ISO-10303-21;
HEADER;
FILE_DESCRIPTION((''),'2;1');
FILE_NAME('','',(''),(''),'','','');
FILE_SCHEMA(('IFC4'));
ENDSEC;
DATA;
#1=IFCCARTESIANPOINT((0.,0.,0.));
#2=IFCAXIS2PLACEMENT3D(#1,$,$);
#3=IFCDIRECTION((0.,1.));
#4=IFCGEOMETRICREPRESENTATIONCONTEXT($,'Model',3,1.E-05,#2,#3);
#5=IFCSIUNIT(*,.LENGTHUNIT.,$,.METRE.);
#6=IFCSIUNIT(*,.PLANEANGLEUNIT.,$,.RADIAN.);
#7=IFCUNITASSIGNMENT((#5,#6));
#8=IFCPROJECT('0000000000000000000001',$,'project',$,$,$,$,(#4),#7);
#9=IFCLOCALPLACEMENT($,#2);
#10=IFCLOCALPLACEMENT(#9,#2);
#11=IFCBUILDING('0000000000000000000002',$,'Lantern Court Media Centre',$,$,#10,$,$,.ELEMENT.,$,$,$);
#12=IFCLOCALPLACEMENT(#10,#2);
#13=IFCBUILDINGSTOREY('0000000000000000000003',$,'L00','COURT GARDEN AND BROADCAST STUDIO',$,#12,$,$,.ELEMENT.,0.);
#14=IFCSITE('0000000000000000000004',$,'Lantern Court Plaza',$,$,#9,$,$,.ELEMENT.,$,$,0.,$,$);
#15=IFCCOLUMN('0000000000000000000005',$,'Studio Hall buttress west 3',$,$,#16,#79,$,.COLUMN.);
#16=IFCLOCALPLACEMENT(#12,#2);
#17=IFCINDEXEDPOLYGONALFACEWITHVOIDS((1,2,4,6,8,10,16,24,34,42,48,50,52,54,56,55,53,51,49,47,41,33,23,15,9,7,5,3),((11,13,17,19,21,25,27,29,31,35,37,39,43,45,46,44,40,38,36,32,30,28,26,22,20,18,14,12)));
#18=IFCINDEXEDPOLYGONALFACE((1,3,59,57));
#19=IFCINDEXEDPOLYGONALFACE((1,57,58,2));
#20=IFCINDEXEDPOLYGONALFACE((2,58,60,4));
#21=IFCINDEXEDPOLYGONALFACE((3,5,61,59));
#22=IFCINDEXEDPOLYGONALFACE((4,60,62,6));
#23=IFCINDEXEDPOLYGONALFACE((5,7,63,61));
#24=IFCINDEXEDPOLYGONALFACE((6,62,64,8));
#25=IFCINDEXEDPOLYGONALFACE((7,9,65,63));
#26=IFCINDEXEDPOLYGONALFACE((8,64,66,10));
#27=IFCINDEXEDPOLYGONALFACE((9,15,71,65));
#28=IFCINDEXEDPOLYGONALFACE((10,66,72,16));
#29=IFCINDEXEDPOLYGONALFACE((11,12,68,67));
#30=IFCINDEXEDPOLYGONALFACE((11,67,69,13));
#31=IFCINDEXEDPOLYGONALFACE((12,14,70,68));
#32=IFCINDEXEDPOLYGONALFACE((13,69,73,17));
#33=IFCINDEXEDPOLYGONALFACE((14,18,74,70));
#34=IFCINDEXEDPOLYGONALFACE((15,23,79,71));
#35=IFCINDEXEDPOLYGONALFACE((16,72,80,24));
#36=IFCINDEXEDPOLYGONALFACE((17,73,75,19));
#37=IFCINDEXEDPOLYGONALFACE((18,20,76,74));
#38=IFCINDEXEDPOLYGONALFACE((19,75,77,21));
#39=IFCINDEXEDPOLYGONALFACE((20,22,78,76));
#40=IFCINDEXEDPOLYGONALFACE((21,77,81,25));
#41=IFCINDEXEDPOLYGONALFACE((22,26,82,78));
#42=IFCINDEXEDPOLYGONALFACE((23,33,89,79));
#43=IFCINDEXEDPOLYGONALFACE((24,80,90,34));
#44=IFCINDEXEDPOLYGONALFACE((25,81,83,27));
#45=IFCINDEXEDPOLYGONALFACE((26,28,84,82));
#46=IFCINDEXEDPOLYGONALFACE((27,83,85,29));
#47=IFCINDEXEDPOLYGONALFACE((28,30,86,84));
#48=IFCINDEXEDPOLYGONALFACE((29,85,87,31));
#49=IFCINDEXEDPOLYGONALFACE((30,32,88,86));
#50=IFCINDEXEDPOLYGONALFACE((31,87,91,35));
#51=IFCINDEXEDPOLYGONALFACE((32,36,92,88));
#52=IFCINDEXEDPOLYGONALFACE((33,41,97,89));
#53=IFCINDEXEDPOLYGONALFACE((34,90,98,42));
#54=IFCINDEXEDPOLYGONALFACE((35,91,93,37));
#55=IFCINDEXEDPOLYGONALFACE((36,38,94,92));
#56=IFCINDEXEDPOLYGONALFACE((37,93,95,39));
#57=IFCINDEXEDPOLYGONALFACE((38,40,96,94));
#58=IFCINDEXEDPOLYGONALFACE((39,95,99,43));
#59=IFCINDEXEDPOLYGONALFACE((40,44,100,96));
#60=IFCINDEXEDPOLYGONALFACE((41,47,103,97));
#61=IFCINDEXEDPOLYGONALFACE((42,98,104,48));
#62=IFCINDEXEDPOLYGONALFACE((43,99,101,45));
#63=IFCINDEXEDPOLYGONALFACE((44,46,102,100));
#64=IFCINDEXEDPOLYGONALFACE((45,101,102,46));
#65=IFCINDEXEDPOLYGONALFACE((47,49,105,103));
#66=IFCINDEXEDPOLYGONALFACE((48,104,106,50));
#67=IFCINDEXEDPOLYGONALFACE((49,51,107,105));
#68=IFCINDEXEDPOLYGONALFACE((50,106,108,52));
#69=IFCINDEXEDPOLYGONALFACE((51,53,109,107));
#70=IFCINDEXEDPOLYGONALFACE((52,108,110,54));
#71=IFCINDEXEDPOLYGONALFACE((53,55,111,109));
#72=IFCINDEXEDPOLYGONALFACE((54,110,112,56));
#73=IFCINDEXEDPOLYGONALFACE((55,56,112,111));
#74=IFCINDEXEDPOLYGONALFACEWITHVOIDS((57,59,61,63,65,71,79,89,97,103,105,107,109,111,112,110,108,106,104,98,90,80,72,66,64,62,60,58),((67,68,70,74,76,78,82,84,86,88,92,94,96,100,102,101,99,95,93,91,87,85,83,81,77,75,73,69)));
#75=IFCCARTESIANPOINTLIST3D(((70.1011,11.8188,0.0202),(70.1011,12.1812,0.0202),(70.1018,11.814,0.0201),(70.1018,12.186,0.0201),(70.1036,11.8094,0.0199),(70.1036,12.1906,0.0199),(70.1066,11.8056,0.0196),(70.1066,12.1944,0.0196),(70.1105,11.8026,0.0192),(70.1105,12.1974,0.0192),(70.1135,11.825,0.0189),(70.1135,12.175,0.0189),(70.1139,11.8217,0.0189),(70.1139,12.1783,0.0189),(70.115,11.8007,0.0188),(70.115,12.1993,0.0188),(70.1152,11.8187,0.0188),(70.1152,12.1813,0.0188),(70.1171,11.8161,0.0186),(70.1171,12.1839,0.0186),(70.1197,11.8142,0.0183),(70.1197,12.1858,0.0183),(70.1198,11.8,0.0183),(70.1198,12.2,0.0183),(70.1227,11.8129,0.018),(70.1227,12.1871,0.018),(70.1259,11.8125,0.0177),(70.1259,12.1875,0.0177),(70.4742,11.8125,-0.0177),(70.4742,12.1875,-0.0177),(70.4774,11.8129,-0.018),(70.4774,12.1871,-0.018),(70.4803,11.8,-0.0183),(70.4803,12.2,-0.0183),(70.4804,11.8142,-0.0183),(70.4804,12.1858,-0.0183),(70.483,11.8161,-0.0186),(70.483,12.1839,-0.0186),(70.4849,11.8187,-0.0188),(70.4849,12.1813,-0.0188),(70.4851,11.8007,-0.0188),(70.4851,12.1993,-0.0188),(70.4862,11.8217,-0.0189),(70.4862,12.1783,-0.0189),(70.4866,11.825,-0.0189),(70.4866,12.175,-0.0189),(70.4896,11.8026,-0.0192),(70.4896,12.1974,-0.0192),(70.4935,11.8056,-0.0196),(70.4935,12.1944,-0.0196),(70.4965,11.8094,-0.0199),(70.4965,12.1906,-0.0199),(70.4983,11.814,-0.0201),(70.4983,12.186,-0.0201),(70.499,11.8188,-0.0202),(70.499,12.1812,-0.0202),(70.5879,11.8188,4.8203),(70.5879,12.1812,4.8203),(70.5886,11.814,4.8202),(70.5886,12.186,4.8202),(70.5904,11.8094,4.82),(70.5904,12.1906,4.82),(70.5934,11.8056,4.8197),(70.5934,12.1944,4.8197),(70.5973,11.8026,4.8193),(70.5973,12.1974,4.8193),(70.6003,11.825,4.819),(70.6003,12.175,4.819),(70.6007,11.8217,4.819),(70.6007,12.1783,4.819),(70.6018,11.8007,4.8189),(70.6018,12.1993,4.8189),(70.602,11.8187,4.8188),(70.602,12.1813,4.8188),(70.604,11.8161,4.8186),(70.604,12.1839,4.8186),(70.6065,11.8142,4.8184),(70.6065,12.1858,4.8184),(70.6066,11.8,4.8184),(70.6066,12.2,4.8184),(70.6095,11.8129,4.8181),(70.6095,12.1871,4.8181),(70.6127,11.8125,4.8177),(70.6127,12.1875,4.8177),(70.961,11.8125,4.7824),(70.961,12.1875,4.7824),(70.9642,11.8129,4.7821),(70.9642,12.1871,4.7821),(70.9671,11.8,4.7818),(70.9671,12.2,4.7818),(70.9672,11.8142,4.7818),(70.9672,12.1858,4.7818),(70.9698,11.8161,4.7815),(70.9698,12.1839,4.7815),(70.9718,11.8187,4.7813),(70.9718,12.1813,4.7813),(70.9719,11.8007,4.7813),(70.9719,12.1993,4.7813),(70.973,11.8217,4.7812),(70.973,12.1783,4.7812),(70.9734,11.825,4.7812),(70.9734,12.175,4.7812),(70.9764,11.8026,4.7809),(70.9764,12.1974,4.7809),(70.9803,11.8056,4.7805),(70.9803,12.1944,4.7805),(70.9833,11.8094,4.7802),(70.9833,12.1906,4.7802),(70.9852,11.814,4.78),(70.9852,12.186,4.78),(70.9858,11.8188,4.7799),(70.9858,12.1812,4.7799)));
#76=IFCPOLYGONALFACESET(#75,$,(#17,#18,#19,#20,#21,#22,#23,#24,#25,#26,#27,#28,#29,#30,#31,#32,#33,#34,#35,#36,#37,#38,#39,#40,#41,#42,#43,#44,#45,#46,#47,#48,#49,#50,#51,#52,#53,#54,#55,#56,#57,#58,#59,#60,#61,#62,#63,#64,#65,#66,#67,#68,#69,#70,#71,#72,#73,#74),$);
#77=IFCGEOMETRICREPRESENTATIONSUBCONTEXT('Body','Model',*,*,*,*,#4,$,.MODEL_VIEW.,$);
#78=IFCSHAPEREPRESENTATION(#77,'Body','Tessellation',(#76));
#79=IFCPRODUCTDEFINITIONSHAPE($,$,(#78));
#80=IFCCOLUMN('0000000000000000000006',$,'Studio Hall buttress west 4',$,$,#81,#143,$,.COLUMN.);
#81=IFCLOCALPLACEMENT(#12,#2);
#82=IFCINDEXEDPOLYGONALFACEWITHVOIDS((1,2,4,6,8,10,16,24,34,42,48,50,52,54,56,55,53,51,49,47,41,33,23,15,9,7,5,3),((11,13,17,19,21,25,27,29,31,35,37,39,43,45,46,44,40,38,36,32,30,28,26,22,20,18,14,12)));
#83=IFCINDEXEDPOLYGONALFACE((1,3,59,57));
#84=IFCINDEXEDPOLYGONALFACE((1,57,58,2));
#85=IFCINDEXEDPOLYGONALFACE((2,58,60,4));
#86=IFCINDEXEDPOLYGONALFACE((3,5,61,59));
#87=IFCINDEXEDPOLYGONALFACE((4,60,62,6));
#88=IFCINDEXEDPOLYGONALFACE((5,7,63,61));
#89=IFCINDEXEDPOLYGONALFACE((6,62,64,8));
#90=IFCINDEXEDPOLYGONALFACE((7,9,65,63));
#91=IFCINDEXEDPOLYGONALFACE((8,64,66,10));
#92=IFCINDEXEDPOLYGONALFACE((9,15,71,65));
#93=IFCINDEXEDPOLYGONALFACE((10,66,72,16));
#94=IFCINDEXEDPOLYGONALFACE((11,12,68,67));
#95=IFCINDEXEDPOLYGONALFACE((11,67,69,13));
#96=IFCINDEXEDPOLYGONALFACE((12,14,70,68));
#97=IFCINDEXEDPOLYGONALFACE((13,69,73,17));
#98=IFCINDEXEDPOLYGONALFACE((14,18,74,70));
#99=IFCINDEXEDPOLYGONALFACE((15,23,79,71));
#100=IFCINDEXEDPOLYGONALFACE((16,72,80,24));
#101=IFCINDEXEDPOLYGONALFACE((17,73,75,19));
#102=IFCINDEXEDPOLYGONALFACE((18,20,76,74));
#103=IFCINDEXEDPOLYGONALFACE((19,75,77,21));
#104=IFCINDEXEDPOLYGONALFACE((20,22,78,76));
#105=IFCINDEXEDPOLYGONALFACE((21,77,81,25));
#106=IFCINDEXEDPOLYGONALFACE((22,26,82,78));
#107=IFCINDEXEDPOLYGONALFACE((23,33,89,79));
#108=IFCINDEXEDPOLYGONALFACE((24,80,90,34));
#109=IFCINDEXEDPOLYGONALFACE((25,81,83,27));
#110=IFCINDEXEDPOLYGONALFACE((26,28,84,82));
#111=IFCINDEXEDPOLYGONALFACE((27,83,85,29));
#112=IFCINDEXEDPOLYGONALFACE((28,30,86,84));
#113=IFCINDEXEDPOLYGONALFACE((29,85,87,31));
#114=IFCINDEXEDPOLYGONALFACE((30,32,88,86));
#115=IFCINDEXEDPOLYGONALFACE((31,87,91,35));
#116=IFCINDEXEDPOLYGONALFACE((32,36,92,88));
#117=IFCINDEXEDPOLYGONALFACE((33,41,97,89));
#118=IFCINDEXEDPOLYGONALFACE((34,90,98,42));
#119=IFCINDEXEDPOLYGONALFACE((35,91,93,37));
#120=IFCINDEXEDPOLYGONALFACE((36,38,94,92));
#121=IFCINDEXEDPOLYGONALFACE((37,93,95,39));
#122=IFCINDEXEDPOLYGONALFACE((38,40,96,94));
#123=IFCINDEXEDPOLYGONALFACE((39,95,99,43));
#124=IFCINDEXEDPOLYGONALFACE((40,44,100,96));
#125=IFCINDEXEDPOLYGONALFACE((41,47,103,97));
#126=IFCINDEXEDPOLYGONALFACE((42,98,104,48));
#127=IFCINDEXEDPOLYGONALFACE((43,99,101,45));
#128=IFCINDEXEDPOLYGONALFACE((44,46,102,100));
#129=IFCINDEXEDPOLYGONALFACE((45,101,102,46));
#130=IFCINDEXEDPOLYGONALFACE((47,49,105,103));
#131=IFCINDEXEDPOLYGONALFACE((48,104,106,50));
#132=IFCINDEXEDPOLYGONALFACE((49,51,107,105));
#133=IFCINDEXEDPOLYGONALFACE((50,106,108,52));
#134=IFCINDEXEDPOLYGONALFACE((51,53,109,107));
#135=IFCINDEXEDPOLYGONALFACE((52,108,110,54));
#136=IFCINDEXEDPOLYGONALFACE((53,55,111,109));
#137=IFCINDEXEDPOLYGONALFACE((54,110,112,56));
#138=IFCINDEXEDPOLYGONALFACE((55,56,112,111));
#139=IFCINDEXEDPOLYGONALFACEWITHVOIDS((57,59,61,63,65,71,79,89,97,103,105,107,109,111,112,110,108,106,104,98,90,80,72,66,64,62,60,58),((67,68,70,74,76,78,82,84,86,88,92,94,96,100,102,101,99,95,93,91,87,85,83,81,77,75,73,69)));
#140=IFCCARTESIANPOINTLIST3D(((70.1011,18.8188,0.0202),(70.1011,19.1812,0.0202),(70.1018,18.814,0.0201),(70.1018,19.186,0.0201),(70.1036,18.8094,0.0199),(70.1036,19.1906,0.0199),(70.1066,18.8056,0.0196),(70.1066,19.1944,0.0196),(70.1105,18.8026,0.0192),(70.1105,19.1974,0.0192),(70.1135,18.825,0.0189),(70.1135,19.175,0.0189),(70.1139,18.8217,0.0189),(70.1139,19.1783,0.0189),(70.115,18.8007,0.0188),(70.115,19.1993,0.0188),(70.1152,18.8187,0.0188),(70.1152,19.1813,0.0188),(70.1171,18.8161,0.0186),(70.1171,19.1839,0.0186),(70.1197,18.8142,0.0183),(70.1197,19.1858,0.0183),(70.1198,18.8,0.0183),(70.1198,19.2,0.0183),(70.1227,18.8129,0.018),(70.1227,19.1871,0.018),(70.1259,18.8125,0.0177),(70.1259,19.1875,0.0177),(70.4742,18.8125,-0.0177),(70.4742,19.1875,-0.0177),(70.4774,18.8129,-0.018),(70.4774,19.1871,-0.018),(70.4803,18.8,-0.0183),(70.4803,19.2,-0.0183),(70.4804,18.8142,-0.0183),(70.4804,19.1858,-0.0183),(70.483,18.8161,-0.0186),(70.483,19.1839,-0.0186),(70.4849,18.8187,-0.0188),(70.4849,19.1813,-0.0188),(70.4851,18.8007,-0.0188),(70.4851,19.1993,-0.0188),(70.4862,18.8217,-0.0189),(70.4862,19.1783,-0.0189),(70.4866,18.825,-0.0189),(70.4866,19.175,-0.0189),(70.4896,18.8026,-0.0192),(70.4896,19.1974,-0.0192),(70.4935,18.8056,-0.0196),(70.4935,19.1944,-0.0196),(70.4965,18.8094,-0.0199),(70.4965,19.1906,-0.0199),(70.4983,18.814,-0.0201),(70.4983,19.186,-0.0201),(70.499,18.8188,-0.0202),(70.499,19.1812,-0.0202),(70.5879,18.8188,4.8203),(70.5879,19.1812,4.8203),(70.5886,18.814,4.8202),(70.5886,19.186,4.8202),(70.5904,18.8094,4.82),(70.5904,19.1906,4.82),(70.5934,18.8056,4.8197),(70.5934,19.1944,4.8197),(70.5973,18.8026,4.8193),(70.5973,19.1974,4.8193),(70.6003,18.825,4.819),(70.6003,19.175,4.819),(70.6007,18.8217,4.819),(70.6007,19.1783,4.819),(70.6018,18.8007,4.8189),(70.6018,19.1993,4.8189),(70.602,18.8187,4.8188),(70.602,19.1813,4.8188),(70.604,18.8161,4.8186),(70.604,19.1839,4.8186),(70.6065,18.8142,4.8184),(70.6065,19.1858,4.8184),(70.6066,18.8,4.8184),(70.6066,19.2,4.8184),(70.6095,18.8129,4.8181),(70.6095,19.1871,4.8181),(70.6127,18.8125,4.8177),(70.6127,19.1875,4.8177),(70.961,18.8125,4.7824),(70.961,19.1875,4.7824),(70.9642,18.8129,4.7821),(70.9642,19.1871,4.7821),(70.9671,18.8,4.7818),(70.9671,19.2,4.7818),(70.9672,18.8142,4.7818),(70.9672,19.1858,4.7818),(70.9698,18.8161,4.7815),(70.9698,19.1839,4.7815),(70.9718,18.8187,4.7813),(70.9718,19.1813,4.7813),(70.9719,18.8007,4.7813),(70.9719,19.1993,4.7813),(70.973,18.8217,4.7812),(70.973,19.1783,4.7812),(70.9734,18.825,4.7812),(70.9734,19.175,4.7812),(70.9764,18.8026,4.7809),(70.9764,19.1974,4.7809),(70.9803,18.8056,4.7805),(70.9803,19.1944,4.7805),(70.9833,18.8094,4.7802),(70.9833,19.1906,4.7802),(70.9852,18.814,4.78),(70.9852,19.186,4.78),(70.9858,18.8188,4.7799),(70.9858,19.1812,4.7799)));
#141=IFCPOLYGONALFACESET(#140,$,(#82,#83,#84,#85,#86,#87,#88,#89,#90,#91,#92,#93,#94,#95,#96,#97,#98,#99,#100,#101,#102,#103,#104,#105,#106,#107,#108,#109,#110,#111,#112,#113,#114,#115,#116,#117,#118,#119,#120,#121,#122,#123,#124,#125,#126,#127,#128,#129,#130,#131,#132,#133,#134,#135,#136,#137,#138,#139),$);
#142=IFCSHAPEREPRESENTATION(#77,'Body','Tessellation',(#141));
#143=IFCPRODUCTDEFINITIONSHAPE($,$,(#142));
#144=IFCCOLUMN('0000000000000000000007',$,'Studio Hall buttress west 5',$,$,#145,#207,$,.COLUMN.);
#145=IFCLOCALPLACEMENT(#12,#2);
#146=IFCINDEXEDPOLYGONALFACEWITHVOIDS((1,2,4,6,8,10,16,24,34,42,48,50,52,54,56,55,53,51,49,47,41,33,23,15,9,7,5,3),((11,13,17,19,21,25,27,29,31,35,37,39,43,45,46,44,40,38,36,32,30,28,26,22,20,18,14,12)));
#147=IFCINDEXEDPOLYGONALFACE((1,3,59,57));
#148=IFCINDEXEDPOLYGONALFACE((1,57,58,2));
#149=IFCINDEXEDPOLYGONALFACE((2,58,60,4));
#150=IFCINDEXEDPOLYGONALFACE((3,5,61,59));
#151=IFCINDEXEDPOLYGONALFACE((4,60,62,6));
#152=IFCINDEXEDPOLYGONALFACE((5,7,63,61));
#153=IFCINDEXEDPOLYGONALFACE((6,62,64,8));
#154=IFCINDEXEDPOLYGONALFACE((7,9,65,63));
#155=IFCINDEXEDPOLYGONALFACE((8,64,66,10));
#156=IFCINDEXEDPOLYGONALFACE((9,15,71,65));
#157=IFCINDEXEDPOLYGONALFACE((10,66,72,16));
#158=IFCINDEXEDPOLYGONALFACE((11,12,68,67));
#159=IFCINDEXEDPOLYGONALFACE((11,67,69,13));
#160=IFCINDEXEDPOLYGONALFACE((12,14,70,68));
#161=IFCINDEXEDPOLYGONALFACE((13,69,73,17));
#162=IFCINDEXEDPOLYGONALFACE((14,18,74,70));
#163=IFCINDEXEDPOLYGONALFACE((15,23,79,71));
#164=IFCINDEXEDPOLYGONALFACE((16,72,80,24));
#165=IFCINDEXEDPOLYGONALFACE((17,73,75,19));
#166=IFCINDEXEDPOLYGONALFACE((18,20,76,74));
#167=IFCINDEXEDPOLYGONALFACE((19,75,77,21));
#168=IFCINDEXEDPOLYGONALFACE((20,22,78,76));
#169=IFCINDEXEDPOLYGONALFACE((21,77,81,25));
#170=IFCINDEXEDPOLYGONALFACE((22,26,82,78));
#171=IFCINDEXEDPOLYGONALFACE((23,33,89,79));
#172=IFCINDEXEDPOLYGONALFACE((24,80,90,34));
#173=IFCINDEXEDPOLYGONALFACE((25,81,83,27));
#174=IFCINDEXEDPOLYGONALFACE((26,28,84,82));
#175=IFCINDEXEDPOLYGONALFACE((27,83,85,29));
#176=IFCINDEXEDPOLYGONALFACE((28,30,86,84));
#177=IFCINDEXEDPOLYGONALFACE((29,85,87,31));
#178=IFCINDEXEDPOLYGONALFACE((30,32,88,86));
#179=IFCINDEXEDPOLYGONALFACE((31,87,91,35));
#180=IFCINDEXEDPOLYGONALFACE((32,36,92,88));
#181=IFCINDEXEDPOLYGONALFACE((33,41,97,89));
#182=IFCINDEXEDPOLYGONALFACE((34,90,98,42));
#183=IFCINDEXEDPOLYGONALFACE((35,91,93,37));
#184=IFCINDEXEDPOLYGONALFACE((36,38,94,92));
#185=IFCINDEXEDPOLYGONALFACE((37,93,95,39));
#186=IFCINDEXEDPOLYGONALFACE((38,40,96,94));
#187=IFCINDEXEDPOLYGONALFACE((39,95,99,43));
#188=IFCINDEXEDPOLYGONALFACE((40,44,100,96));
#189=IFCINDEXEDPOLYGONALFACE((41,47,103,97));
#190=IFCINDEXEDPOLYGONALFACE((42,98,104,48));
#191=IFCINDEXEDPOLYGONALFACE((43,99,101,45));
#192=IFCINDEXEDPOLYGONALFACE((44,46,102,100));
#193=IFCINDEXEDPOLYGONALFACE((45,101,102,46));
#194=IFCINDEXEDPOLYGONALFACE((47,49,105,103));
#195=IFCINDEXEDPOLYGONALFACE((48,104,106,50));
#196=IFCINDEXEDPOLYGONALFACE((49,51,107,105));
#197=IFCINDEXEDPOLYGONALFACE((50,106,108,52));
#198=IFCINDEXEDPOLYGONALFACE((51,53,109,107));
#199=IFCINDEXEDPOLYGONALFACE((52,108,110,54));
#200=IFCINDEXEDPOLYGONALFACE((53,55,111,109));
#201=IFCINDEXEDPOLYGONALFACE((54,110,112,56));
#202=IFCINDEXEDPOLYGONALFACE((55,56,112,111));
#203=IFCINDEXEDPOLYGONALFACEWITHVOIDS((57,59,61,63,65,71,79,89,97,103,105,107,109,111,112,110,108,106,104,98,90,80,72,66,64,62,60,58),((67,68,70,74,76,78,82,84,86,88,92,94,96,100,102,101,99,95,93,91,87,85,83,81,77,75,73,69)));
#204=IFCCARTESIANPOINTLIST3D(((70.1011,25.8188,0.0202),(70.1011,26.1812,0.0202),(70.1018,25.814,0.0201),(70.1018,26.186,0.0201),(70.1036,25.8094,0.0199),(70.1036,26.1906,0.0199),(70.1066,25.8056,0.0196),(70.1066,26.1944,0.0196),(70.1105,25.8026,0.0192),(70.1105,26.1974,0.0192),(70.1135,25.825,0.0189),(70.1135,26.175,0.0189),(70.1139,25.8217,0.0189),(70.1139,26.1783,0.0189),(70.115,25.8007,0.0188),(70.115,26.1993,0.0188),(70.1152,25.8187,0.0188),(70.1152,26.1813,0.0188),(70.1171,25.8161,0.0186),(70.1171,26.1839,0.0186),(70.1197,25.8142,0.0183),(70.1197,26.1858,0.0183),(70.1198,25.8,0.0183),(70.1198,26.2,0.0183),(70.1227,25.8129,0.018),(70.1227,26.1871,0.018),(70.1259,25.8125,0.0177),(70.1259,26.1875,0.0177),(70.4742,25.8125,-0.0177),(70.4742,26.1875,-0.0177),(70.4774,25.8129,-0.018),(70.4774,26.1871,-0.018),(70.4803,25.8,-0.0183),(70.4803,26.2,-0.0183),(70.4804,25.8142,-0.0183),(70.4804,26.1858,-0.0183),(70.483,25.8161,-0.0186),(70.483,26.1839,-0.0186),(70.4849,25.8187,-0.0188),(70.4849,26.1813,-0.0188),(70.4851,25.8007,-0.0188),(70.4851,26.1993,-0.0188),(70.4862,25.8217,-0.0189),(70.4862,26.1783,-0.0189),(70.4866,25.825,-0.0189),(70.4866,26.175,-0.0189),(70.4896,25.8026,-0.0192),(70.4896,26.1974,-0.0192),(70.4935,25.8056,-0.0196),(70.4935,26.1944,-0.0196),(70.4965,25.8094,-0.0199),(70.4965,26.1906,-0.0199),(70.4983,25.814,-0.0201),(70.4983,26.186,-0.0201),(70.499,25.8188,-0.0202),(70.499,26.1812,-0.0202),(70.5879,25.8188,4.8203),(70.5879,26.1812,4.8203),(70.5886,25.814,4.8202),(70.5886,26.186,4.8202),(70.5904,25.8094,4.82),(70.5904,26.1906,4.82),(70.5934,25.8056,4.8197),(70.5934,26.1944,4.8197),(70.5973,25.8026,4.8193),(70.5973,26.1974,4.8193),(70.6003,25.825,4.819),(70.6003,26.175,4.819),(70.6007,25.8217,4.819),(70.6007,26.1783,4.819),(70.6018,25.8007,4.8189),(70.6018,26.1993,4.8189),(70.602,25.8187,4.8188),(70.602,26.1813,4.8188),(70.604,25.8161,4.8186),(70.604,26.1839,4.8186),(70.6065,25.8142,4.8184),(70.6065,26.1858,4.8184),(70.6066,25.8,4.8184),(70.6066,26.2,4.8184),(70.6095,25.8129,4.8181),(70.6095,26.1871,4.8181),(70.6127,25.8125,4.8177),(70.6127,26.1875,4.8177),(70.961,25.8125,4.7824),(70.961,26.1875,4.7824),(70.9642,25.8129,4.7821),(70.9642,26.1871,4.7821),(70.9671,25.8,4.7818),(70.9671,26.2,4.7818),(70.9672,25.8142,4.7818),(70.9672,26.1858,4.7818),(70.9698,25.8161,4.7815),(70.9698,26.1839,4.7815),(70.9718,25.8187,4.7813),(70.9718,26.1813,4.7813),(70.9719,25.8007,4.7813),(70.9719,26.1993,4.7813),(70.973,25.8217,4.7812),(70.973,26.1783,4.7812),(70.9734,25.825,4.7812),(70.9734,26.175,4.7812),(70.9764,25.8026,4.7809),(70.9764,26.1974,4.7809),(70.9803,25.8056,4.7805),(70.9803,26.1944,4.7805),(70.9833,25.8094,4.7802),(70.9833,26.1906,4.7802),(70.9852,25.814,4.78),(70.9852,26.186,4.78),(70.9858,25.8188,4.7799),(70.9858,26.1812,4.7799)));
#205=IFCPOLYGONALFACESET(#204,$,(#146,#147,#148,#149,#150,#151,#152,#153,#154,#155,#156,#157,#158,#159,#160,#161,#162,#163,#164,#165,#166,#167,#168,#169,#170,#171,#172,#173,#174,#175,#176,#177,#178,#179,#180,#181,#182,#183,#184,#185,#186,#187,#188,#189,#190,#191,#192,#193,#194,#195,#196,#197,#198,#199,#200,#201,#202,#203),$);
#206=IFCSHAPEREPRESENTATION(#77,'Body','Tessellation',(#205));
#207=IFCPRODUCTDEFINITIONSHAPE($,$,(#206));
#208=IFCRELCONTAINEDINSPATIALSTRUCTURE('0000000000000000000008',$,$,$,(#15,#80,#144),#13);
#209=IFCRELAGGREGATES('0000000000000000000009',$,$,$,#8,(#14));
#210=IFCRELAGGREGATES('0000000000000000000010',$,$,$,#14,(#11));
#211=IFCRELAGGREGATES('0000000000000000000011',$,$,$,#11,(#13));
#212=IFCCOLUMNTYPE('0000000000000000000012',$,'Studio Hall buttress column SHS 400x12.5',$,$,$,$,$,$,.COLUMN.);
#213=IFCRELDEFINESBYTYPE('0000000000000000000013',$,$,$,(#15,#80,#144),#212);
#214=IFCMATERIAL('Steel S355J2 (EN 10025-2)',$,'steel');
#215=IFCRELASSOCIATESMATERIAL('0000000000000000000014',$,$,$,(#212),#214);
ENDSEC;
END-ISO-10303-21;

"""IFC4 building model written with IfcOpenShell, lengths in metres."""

from ifc_helpers import new_model, si_unit, direction, frame, origin, origin_2d, place, context, subcontext, project, spatial, hollow_rectangle, extrude, material, material_profile, profile_set, type_object, element, save


model = new_model("IFC4")

# Units and contexts
model_context = context("Model", 3, precision=1e-05, world=origin(), true_north=direction((0.0, 1.0)))
body_context = subcontext(model_context, "Body", "Model", "MODEL_VIEW")
ifc_project = project(units=[si_unit("LENGTHUNIT", "METRE"), si_unit("PLANEANGLEUNIT", "RADIAN")], contexts=[model_context])

# Site, building, storey
site_placement = place(None, origin())
site = spatial("IfcSite", under=ifc_project, at=site_placement, Name="Lantern Court Plaza", CompositionType="ELEMENT", RefElevation=0.0)
building_placement = place(site_placement, origin())
building = spatial("IfcBuilding", under=site, at=building_placement, Name="Lantern Court Media Centre", CompositionType="ELEMENT")
storey_placement = place(building_placement, origin())
storey = spatial("IfcBuildingStorey", under=building, at=storey_placement, Name="L00", Description="COURT GARDEN AND BROADCAST STUDIO", CompositionType="ELEMENT", Elevation=0.0)

# Columns
ifc_material_1 = material(Name="Steel S355J2 (EN 10025-2)", Category="steel")
ifc_material_profile_1 = material_profile(ifc_material_1, hollow_rectangle(XDim=0.3999, YDim=0.3999, WallThickness=0.0125, InnerFilletRadius=0.0125, OuterFilletRadius=0.0188, at=origin_2d()), Name="Studio Hall buttress column SHS 400x12.5")
ifc_profile_set_1 = profile_set([ifc_material_profile_1], Name="Steel S355J2 (EN 10025-2)")
column_type_1 = type_object("IfcColumnType", Name="Studio Hall buttress column SHS 400x12.5", PredefinedType="COLUMN", material=ifc_profile_set_1)
for number, where, z_axis, x_axis, name in (
    (1, (70.3, 12.0, 0.0), (0.100901, 0.0, 0.994896), (0.0, 1.0, 0.0), "Studio Hall buttress west 3"),
    (2, (70.3, 19.0, 0.0), (0.100901, 0.0, 0.994896), (0.0, 1.0, 0.0), "Studio Hall buttress west 4"),
    (3, (70.3, 26.0, 0.0), (0.100901, 0.0, 0.994896), (0.0, 1.0, 0.0), "Studio Hall buttress west 5"),
):
    element("IfcColumn", number, at=place(storey_placement, frame(where, z_axis=z_axis, x_axis=x_axis)), inside=storey, type_object=column_type_1, Name=name, PredefinedType="COLUMN", context=body_context, shape_type="SweptSolid", body=[
        extrude(hollow_rectangle(XDim=0.3999, YDim=0.3999, WallThickness=0.0125, InnerFilletRadius=0.0125, OuterFilletRadius=0.0188, at=origin_2d()), origin(), (0.0, 0.0, 1.0), 4.8247),
    ])

save(model, "model.ifc")
